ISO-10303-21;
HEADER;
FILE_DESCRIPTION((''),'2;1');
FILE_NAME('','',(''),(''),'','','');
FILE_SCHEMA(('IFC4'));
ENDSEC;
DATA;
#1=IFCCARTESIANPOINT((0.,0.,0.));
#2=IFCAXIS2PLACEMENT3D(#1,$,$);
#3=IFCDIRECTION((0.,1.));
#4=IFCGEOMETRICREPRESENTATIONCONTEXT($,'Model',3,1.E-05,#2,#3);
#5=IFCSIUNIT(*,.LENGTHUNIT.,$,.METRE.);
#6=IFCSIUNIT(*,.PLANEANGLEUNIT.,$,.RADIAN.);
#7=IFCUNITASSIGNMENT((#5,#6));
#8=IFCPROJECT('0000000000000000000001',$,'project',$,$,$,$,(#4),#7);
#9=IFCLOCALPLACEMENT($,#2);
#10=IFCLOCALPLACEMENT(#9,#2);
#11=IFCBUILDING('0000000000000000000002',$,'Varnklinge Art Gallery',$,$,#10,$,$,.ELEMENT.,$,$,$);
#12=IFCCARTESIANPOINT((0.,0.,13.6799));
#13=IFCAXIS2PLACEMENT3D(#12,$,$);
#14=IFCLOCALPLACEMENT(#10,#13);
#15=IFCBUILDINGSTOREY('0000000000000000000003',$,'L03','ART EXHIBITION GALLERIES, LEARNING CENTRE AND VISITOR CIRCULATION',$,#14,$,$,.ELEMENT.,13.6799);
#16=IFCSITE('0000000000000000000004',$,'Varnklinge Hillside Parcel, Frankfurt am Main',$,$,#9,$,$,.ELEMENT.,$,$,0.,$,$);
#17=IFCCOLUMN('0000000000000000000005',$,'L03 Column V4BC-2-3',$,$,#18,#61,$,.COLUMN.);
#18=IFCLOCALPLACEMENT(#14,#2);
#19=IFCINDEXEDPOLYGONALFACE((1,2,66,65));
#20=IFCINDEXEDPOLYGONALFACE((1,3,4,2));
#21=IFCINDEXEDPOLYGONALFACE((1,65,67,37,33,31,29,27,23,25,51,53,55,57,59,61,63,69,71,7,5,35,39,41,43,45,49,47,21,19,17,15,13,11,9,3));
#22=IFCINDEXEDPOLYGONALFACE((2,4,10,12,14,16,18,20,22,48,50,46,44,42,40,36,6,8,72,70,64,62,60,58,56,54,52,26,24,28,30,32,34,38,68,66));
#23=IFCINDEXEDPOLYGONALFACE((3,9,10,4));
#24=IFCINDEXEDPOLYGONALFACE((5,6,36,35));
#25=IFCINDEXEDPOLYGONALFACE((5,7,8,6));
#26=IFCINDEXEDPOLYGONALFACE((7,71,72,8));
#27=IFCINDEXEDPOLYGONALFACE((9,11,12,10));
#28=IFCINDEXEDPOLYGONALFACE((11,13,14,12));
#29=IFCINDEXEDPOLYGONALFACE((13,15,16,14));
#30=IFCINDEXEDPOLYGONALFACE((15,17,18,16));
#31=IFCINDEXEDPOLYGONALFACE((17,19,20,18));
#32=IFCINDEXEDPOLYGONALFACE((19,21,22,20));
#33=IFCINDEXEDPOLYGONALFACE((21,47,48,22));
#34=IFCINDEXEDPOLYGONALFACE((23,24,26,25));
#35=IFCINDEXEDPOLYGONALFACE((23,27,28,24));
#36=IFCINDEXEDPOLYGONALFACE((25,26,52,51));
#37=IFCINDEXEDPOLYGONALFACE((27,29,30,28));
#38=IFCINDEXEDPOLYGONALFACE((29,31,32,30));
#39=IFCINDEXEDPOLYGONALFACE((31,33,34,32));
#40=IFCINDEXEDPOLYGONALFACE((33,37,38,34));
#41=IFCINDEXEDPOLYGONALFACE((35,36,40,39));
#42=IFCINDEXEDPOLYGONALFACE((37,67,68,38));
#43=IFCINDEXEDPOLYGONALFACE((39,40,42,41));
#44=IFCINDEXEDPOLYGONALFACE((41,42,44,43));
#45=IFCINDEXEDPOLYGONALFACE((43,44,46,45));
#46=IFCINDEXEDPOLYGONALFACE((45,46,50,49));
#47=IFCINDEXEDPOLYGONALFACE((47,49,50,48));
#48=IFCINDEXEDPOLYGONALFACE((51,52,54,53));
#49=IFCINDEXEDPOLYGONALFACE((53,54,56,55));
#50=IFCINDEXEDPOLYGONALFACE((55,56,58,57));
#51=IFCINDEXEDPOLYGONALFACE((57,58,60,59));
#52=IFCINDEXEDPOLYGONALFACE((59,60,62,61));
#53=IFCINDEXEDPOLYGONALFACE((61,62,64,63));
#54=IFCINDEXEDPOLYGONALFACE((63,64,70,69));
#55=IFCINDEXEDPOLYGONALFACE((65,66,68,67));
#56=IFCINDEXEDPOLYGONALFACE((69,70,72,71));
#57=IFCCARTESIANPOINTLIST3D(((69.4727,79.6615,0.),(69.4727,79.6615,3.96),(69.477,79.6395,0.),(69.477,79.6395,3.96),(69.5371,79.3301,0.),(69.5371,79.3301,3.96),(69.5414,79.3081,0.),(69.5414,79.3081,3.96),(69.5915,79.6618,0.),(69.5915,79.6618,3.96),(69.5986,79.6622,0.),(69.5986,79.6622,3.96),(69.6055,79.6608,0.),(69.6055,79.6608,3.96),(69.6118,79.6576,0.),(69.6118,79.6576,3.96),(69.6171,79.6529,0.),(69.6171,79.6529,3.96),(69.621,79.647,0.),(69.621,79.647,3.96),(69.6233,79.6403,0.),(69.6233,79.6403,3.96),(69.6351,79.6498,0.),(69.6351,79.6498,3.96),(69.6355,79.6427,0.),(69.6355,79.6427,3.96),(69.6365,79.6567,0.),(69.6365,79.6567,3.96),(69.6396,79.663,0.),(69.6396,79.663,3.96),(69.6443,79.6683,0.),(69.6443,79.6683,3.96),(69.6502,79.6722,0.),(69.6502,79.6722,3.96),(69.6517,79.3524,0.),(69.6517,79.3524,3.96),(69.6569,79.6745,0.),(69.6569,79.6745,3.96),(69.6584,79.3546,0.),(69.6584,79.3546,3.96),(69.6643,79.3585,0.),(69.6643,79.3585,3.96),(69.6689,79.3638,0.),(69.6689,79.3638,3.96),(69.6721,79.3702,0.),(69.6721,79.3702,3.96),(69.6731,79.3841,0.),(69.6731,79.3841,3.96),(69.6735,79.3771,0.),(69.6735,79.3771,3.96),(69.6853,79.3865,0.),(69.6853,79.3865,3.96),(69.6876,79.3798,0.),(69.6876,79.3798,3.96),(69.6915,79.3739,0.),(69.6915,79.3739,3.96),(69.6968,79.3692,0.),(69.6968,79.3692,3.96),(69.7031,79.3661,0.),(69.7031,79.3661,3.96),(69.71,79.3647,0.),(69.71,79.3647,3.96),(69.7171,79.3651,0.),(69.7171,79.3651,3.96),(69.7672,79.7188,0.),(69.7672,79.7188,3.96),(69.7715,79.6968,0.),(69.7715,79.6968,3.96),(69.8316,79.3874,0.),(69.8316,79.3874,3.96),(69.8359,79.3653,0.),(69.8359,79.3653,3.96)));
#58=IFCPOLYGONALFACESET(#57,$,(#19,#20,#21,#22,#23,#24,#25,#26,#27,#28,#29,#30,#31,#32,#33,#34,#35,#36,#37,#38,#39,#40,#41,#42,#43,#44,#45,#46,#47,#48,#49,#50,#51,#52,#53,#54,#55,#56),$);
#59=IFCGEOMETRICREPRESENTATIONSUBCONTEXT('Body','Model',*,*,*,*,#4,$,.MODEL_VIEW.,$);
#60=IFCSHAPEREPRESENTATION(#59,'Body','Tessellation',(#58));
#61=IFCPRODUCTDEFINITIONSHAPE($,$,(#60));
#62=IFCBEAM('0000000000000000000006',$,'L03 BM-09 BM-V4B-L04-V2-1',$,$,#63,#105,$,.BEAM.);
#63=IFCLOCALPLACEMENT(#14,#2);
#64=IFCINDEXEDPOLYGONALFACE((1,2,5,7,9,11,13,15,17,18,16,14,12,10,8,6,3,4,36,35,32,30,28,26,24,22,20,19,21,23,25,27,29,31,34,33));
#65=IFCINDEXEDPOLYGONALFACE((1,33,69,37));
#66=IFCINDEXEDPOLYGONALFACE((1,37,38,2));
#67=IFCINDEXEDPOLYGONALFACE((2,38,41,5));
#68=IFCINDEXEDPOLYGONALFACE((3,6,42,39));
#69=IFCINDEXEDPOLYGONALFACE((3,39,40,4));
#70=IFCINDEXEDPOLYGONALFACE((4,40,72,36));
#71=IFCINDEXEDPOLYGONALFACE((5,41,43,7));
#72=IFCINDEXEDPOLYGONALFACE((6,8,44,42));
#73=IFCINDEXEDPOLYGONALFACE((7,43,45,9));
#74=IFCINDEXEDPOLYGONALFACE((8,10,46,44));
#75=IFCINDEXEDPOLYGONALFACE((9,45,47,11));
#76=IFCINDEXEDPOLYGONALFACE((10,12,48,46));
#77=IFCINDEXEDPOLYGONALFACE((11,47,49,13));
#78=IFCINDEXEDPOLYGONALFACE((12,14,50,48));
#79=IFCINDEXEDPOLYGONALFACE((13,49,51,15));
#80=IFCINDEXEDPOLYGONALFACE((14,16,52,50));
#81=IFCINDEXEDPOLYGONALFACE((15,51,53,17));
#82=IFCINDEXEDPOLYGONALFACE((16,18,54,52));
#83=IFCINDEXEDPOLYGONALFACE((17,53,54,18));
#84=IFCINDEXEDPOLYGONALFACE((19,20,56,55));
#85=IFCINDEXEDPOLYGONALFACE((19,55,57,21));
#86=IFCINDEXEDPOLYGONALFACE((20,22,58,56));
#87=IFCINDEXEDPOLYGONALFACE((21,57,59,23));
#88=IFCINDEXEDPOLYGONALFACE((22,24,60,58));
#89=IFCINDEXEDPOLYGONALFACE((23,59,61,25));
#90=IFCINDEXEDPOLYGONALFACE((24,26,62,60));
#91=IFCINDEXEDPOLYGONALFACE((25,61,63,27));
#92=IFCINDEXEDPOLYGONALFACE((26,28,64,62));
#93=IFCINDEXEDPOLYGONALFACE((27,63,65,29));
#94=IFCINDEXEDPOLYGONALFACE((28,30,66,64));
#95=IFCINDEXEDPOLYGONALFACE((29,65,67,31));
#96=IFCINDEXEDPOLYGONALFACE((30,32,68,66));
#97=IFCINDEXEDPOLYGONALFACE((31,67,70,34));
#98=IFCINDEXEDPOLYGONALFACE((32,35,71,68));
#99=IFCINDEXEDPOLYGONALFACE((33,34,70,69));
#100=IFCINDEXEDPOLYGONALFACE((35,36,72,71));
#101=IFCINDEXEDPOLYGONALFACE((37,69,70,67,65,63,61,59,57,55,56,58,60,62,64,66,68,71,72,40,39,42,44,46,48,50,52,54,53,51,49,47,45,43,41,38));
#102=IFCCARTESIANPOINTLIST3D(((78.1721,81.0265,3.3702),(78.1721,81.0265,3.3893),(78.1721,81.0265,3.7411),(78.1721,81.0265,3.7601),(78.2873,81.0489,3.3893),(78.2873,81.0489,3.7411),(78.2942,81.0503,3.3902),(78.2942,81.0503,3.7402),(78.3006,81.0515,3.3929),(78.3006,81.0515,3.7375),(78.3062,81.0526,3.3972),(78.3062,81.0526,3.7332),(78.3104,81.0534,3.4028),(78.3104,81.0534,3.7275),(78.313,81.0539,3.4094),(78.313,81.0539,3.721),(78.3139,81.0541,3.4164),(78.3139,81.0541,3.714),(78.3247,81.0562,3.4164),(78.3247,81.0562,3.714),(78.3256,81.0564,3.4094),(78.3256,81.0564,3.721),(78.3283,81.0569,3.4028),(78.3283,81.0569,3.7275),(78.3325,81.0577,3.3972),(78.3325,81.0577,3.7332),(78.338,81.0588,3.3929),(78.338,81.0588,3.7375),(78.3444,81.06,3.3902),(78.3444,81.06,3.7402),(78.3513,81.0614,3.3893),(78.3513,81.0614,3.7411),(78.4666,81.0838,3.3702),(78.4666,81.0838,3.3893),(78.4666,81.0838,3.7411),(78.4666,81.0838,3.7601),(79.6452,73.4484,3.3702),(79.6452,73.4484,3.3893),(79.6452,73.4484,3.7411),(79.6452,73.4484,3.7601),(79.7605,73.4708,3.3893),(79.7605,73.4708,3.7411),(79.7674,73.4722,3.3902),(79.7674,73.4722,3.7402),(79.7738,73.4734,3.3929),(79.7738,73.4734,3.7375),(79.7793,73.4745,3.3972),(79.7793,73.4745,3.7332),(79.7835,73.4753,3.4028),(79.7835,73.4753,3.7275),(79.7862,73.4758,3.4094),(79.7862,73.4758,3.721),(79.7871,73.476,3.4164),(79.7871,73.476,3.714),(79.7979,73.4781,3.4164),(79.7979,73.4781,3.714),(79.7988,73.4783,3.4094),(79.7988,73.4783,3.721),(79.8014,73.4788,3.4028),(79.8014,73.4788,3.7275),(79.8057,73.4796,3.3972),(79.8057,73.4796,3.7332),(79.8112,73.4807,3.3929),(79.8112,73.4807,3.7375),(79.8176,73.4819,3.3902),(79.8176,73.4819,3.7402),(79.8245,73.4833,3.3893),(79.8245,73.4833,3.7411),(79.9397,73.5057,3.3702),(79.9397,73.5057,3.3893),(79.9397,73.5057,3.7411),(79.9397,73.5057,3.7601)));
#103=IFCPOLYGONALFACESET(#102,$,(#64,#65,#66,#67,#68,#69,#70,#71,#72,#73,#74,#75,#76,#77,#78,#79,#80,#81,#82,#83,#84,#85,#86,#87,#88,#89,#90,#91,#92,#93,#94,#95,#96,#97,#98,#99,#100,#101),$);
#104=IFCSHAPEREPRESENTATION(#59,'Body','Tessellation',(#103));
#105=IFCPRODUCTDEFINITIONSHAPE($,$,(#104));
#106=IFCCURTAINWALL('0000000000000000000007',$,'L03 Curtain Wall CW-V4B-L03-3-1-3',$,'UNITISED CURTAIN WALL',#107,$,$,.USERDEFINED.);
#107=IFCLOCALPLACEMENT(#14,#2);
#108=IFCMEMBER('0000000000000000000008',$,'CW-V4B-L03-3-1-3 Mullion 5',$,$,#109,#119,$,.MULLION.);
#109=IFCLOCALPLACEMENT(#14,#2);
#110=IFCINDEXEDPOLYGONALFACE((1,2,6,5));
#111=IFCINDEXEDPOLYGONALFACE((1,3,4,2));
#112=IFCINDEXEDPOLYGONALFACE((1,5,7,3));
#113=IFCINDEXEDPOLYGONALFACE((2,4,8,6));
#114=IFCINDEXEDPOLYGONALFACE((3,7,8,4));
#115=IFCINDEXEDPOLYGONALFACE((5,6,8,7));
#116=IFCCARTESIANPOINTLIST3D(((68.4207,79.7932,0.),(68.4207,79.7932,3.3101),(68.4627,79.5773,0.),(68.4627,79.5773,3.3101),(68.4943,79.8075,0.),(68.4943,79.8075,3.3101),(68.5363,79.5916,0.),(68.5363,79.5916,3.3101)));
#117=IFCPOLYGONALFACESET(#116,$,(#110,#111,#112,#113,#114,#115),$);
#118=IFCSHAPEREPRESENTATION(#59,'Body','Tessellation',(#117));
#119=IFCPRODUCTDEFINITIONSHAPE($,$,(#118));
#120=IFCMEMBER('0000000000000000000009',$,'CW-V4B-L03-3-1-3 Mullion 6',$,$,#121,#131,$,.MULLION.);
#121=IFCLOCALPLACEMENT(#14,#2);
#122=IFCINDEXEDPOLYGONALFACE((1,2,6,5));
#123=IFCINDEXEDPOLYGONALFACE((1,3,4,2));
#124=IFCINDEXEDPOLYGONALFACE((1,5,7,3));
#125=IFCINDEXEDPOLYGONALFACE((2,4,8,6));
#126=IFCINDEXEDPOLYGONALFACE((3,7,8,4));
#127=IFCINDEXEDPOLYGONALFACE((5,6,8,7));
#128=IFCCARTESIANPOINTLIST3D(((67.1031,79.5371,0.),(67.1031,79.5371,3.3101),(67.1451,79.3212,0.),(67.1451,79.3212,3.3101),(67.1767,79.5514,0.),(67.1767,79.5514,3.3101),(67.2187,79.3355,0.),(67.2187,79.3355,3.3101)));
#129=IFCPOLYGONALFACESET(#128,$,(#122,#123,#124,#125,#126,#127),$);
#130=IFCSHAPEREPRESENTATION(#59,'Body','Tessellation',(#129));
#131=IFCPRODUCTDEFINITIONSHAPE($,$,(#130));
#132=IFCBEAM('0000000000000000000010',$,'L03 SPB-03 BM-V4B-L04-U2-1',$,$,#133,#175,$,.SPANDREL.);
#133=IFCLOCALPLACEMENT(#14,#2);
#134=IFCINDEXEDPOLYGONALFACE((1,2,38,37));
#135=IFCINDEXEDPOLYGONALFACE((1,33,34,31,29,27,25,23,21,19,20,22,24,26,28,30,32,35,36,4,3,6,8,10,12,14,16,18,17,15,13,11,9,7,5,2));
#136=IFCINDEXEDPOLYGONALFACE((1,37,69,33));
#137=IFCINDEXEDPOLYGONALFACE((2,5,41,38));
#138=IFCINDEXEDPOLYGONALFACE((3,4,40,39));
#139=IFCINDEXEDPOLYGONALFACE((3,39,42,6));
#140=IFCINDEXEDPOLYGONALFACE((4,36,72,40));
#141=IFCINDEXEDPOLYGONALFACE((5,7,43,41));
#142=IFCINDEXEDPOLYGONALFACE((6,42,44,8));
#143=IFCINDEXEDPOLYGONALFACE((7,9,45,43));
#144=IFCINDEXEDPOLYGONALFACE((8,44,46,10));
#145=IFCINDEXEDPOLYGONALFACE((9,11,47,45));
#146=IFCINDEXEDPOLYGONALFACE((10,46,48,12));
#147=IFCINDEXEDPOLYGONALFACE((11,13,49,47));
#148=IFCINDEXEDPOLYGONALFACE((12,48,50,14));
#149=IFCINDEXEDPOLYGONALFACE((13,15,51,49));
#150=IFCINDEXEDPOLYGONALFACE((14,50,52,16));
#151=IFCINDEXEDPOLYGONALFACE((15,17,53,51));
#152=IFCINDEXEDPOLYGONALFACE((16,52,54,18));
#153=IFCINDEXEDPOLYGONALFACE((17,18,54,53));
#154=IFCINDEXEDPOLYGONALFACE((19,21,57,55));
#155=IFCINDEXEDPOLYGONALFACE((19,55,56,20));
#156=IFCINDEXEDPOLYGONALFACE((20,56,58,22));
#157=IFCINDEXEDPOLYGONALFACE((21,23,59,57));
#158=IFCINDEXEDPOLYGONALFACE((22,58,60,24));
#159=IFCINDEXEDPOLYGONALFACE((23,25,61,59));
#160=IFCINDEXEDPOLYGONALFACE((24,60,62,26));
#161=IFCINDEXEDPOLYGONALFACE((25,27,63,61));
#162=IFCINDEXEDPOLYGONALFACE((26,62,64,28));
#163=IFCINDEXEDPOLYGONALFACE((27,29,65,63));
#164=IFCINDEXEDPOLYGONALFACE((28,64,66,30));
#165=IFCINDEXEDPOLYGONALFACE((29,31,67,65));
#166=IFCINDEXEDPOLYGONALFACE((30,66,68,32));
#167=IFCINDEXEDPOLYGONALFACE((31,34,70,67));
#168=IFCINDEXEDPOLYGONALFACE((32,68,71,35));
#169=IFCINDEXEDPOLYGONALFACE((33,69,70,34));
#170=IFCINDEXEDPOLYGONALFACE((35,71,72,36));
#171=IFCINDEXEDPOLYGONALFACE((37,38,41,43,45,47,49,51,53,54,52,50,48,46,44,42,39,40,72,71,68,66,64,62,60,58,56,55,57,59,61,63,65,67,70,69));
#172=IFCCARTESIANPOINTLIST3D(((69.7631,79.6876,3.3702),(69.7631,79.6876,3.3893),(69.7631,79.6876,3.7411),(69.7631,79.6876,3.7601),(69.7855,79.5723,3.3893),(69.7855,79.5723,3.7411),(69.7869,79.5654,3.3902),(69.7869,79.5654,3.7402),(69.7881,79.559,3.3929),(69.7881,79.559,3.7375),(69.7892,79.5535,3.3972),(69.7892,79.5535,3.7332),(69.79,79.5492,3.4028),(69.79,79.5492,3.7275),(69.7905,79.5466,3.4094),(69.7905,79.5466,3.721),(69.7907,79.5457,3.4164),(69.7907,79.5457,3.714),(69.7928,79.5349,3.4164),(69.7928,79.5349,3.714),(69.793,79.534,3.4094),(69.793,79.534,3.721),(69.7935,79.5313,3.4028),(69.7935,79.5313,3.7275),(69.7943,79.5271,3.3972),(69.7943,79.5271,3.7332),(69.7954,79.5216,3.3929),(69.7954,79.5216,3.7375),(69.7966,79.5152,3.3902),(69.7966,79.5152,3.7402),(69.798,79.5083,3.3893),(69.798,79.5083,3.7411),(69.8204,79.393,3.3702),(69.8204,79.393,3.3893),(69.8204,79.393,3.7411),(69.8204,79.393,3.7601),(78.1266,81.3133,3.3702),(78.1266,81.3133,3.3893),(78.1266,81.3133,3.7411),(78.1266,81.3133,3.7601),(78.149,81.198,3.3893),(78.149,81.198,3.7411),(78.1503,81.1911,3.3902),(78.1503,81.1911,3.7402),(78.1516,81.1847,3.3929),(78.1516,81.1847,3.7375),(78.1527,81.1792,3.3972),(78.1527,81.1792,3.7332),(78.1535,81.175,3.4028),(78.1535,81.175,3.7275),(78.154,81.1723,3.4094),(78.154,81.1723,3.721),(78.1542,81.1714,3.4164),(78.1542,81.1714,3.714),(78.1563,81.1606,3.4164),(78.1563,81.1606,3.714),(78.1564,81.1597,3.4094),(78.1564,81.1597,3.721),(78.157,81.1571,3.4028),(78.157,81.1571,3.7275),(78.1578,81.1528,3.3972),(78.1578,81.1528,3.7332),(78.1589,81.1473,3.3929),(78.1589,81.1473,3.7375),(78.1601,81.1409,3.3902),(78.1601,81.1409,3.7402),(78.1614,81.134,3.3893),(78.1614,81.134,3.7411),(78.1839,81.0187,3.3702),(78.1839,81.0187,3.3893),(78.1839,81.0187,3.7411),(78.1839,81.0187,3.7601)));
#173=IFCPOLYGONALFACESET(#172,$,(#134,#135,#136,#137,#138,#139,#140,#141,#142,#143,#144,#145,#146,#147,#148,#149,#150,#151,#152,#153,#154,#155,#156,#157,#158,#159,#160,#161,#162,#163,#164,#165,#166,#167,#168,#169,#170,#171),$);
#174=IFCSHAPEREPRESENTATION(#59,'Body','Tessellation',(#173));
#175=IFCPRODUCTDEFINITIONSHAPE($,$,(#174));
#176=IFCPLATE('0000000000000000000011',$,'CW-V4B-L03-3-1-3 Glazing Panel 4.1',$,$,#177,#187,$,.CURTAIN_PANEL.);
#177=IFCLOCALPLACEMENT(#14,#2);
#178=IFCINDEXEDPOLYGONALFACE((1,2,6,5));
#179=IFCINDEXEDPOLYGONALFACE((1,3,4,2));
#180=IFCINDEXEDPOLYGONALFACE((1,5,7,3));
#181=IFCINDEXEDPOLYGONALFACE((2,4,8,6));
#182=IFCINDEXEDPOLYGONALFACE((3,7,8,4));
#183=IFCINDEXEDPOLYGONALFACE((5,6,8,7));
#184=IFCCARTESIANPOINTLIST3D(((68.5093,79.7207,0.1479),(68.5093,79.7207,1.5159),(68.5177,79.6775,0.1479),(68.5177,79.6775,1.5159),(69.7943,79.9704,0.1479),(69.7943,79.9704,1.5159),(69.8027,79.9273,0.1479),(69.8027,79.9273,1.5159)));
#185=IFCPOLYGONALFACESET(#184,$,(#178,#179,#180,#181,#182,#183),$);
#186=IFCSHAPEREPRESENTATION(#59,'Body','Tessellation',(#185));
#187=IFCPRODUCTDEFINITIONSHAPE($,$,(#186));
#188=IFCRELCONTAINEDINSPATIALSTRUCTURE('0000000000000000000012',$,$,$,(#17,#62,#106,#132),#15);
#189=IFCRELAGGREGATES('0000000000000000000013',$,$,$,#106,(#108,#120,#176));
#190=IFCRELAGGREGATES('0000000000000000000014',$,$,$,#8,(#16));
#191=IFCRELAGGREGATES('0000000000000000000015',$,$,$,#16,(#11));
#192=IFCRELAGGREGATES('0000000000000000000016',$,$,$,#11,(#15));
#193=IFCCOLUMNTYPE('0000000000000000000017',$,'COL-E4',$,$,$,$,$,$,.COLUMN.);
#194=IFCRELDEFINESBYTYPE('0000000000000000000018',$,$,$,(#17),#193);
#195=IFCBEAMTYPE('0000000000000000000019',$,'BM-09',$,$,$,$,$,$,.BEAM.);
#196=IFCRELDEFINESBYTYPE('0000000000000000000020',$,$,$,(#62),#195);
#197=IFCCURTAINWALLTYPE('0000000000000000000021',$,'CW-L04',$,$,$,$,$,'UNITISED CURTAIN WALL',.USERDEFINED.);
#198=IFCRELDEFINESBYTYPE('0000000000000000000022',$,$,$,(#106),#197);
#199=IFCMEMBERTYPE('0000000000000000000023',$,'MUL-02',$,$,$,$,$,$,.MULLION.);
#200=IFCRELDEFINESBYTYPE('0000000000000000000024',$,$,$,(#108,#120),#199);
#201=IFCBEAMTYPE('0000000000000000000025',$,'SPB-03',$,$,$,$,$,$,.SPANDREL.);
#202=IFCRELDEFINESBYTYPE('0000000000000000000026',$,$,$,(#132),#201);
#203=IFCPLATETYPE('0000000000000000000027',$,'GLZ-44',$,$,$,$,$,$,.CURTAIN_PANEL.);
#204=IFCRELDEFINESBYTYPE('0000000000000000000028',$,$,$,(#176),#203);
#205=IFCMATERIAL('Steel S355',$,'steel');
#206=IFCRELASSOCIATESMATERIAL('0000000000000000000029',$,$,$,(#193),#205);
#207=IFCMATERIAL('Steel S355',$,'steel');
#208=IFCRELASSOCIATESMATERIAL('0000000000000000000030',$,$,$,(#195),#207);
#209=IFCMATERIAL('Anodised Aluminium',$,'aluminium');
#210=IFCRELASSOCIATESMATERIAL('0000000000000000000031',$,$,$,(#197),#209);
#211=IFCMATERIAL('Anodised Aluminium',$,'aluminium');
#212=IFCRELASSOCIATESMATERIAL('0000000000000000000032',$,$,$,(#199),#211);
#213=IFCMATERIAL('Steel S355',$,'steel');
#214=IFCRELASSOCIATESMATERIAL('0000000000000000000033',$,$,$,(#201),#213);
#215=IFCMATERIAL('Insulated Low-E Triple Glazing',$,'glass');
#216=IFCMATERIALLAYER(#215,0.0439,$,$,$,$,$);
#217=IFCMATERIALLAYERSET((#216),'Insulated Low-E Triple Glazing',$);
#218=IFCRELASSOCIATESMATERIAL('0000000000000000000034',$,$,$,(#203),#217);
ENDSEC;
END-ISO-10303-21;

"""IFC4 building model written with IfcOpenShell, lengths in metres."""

from ifc_helpers import new_model, si_unit, direction, frame, origin, origin_2d, place, context, subcontext, project, spatial, rectangle, i_section, extrude, material, layer, layer_set, material_profile, profile_set, type_object, element, aggregate, save


model = new_model("IFC4")

# Units and contexts
model_context = context("Model", 3, precision=1e-05, world=origin(), true_north=direction((0.0, 1.0)))
body_context = subcontext(model_context, "Body", "Model", "MODEL_VIEW")
ifc_project = project(units=[si_unit("LENGTHUNIT", "METRE"), si_unit("PLANEANGLEUNIT", "RADIAN")], contexts=[model_context])

# Site, building, storey
site_placement = place(None, origin())
site = spatial("IfcSite", under=ifc_project, at=site_placement, Name="Varnklinge Hillside Parcel, Frankfurt am Main", CompositionType="ELEMENT", RefElevation=0.0)
building_placement = place(site_placement, origin())
building = spatial("IfcBuilding", under=site, at=building_placement, Name="Varnklinge Art Gallery", CompositionType="ELEMENT")
storey_placement = place(building_placement, frame((0.0, 0.0, 13.6799)))
storey = spatial("IfcBuildingStorey", under=building, at=storey_placement, Name="L03", Description="ART EXHIBITION GALLERIES, LEARNING CENTRE AND VISITOR CIRCULATION", CompositionType="ELEMENT", Elevation=13.6799)

# Column
ifc_material_1 = material(Name="Steel S355", Category="steel")
ifc_material_profile_1 = material_profile(ifc_material_1, i_section(OverallWidth=0.3, OverallDepth=0.3601, WebThickness=0.0125, FlangeThickness=0.0225, FilletRadius=0.0271, at=origin_2d()), Name="HEB 360")
ifc_profile_set_1 = profile_set([ifc_material_profile_1], Name="Steel S355")
column_type = type_object("IfcColumnType", Name="COL-E4", PredefinedType="COLUMN", material=ifc_profile_set_1)
column_placement = place(storey_placement, frame((69.6543, 79.5134, 0.0), z_axis=(0.0, 0.0, 1.0), x_axis=(0.981627, 0.190809, 0.0)))
element("IfcColumn", 1, at=column_placement, inside=storey, type_object=column_type, Name="L03 Column V4BC-2-3", PredefinedType="COLUMN", context=body_context, shape_type="SweptSolid", body=[
    extrude(i_section(OverallWidth=0.3, OverallDepth=0.3601, WebThickness=0.0125, FlangeThickness=0.0225, FilletRadius=0.0271, at=origin_2d()), origin(), (0.0, 0.0, 1.0), 3.96),
])

# Beam
ifc_material_2 = material(Name="Steel S355", Category="steel")
ifc_material_profile_2 = material_profile(ifc_material_2, i_section(OverallWidth=0.3, OverallDepth=0.3899, WebThickness=0.011, FlangeThickness=0.019, FilletRadius=0.0271, at=origin_2d()), Name="HEA 400")
ifc_profile_set_2 = profile_set([ifc_material_profile_2], Name="Steel S355")
beam_type_1 = type_object("IfcBeamType", Name="BM-09", PredefinedType="BEAM", material=ifc_profile_set_2)
beam_1_placement = place(storey_placement, frame((79.7925, 73.4771, 3.5652), z_axis=(-0.190822, 0.981625, 0.0), x_axis=(-0.981625, -0.190822, 0.0)))
element("IfcBeam", 2, at=beam_1_placement, inside=storey, type_object=beam_type_1, Name="L03 BM-09 BM-V4B-L04-V2-1", PredefinedType="BEAM", context=body_context, shape_type="SweptSolid", body=[
    extrude(i_section(OverallWidth=0.3, OverallDepth=0.3899, WebThickness=0.011, FlangeThickness=0.019, FilletRadius=0.0271, at=origin_2d()), origin(), (0.0, 0.0, 1.0), 7.72),
])

# Curtain wall, members
ifc_material_3 = material(Name="Anodised Aluminium", Category="aluminium")
curtain_wall_type = type_object("IfcCurtainWallType", Name="CW-L04", ElementType="UNITISED CURTAIN WALL", PredefinedType="USERDEFINED", material=ifc_material_3)
curtain_wall_placement = place(storey_placement, origin())
curtain_wall = element("IfcCurtainWall", 3, at=curtain_wall_placement, inside=storey, type_object=curtain_wall_type, Name="L03 Curtain Wall CW-V4B-L03-3-1-3", ObjectType="UNITISED CURTAIN WALL", PredefinedType="USERDEFINED")
ifc_material_4 = material(Name="Anodised Aluminium", Category="aluminium")
ifc_material_profile_3 = material_profile(ifc_material_4, rectangle(XDim=0.075, YDim=0.22, at=origin_2d()), Name="ALU 75x220")
ifc_profile_set_3 = profile_set([ifc_material_profile_3], Name="Anodised Aluminium")
member_type = type_object("IfcMemberType", Name="MUL-02", PredefinedType="MULLION", material=ifc_profile_set_3)
member_1_placement = place(storey_placement, frame((68.4785, 79.6924, 0.0), z_axis=(0.0, 0.0, 1.0), x_axis=(-0.981627, -0.190809, 0.0)))
member_1 = element("IfcMember", 4, at=member_1_placement, type_object=member_type, Name="CW-V4B-L03-3-1-3 Mullion 5", PredefinedType="MULLION", context=body_context, shape_type="SweptSolid", body=[
    extrude(rectangle(XDim=0.075, YDim=0.22, at=origin_2d()), origin(), (0.0, 0.0, 1.0), 3.3101),
])
member_2_placement = place(storey_placement, frame((67.1609, 79.4363, 0.0), z_axis=(0.0, 0.0, 1.0), x_axis=(-0.981627, -0.190809, 0.0)))
member_2 = element("IfcMember", 5, at=member_2_placement, type_object=member_type, Name="CW-V4B-L03-3-1-3 Mullion 6", PredefinedType="MULLION", context=body_context, shape_type="SweptSolid", body=[
    extrude(rectangle(XDim=0.075, YDim=0.22, at=origin_2d()), origin(), (0.0, 0.0, 1.0), 3.3101),
])

# Beam
ifc_material_5 = material(Name="Steel S355", Category="steel")
ifc_material_profile_4 = material_profile(ifc_material_5, i_section(OverallWidth=0.3, OverallDepth=0.3899, WebThickness=0.011, FlangeThickness=0.019, FilletRadius=0.0271, at=origin_2d()), Name="HEA 400")
ifc_profile_set_4 = profile_set([ifc_material_profile_4], Name="Steel S355")
beam_type_2 = type_object("IfcBeamType", Name="SPB-03", PredefinedType="SPANDREL", material=ifc_profile_set_4)
beam_2_placement = place(storey_placement, frame((69.7917, 79.5403, 3.5652), z_axis=(0.981627, 0.190812, 0.0), x_axis=(-0.190812, 0.981627, 0.0)))
element("IfcBeam", 6, at=beam_2_placement, inside=storey, type_object=beam_type_2, Name="L03 SPB-03 BM-V4B-L04-U2-1", PredefinedType="SPANDREL", context=body_context, shape_type="SweptSolid", body=[
    extrude(i_section(OverallWidth=0.3, OverallDepth=0.3899, WebThickness=0.011, FlangeThickness=0.019, FilletRadius=0.0271, at=origin_2d()), origin(), (0.0, 0.0, 1.0), 8.52),
])

# Plate
ifc_material_6 = material(Name="Insulated Low-E Triple Glazing", Category="glass")
ifc_layer_1 = layer(ifc_material_6, 0.0439)
ifc_layer_set_1 = layer_set([ifc_layer_1], Name="Insulated Low-E Triple Glazing")
plate_type = type_object("IfcPlateType", Name="GLZ-44", PredefinedType="CURTAIN_PANEL", material=ifc_layer_set_1)
plate_1_placement = place(storey_placement, frame((69.156, 79.824, 0.1479), z_axis=(0.0, 0.0, 1.0), x_axis=(-0.981627, -0.190809, 0.0)))
plate_1 = element("IfcPlate", 7, at=plate_1_placement, type_object=plate_type, Name="CW-V4B-L03-3-1-3 Glazing Panel 4.1", PredefinedType="CURTAIN_PANEL", context=body_context, shape_type="SweptSolid", body=[
    extrude(rectangle(XDim=1.3091, YDim=0.0439, at=origin_2d()), origin(), (0.0, 0.0, 1.0), 1.3679),
])
aggregate(curtain_wall, [member_1, member_2, plate_1])

save(model, "model.ifc")
